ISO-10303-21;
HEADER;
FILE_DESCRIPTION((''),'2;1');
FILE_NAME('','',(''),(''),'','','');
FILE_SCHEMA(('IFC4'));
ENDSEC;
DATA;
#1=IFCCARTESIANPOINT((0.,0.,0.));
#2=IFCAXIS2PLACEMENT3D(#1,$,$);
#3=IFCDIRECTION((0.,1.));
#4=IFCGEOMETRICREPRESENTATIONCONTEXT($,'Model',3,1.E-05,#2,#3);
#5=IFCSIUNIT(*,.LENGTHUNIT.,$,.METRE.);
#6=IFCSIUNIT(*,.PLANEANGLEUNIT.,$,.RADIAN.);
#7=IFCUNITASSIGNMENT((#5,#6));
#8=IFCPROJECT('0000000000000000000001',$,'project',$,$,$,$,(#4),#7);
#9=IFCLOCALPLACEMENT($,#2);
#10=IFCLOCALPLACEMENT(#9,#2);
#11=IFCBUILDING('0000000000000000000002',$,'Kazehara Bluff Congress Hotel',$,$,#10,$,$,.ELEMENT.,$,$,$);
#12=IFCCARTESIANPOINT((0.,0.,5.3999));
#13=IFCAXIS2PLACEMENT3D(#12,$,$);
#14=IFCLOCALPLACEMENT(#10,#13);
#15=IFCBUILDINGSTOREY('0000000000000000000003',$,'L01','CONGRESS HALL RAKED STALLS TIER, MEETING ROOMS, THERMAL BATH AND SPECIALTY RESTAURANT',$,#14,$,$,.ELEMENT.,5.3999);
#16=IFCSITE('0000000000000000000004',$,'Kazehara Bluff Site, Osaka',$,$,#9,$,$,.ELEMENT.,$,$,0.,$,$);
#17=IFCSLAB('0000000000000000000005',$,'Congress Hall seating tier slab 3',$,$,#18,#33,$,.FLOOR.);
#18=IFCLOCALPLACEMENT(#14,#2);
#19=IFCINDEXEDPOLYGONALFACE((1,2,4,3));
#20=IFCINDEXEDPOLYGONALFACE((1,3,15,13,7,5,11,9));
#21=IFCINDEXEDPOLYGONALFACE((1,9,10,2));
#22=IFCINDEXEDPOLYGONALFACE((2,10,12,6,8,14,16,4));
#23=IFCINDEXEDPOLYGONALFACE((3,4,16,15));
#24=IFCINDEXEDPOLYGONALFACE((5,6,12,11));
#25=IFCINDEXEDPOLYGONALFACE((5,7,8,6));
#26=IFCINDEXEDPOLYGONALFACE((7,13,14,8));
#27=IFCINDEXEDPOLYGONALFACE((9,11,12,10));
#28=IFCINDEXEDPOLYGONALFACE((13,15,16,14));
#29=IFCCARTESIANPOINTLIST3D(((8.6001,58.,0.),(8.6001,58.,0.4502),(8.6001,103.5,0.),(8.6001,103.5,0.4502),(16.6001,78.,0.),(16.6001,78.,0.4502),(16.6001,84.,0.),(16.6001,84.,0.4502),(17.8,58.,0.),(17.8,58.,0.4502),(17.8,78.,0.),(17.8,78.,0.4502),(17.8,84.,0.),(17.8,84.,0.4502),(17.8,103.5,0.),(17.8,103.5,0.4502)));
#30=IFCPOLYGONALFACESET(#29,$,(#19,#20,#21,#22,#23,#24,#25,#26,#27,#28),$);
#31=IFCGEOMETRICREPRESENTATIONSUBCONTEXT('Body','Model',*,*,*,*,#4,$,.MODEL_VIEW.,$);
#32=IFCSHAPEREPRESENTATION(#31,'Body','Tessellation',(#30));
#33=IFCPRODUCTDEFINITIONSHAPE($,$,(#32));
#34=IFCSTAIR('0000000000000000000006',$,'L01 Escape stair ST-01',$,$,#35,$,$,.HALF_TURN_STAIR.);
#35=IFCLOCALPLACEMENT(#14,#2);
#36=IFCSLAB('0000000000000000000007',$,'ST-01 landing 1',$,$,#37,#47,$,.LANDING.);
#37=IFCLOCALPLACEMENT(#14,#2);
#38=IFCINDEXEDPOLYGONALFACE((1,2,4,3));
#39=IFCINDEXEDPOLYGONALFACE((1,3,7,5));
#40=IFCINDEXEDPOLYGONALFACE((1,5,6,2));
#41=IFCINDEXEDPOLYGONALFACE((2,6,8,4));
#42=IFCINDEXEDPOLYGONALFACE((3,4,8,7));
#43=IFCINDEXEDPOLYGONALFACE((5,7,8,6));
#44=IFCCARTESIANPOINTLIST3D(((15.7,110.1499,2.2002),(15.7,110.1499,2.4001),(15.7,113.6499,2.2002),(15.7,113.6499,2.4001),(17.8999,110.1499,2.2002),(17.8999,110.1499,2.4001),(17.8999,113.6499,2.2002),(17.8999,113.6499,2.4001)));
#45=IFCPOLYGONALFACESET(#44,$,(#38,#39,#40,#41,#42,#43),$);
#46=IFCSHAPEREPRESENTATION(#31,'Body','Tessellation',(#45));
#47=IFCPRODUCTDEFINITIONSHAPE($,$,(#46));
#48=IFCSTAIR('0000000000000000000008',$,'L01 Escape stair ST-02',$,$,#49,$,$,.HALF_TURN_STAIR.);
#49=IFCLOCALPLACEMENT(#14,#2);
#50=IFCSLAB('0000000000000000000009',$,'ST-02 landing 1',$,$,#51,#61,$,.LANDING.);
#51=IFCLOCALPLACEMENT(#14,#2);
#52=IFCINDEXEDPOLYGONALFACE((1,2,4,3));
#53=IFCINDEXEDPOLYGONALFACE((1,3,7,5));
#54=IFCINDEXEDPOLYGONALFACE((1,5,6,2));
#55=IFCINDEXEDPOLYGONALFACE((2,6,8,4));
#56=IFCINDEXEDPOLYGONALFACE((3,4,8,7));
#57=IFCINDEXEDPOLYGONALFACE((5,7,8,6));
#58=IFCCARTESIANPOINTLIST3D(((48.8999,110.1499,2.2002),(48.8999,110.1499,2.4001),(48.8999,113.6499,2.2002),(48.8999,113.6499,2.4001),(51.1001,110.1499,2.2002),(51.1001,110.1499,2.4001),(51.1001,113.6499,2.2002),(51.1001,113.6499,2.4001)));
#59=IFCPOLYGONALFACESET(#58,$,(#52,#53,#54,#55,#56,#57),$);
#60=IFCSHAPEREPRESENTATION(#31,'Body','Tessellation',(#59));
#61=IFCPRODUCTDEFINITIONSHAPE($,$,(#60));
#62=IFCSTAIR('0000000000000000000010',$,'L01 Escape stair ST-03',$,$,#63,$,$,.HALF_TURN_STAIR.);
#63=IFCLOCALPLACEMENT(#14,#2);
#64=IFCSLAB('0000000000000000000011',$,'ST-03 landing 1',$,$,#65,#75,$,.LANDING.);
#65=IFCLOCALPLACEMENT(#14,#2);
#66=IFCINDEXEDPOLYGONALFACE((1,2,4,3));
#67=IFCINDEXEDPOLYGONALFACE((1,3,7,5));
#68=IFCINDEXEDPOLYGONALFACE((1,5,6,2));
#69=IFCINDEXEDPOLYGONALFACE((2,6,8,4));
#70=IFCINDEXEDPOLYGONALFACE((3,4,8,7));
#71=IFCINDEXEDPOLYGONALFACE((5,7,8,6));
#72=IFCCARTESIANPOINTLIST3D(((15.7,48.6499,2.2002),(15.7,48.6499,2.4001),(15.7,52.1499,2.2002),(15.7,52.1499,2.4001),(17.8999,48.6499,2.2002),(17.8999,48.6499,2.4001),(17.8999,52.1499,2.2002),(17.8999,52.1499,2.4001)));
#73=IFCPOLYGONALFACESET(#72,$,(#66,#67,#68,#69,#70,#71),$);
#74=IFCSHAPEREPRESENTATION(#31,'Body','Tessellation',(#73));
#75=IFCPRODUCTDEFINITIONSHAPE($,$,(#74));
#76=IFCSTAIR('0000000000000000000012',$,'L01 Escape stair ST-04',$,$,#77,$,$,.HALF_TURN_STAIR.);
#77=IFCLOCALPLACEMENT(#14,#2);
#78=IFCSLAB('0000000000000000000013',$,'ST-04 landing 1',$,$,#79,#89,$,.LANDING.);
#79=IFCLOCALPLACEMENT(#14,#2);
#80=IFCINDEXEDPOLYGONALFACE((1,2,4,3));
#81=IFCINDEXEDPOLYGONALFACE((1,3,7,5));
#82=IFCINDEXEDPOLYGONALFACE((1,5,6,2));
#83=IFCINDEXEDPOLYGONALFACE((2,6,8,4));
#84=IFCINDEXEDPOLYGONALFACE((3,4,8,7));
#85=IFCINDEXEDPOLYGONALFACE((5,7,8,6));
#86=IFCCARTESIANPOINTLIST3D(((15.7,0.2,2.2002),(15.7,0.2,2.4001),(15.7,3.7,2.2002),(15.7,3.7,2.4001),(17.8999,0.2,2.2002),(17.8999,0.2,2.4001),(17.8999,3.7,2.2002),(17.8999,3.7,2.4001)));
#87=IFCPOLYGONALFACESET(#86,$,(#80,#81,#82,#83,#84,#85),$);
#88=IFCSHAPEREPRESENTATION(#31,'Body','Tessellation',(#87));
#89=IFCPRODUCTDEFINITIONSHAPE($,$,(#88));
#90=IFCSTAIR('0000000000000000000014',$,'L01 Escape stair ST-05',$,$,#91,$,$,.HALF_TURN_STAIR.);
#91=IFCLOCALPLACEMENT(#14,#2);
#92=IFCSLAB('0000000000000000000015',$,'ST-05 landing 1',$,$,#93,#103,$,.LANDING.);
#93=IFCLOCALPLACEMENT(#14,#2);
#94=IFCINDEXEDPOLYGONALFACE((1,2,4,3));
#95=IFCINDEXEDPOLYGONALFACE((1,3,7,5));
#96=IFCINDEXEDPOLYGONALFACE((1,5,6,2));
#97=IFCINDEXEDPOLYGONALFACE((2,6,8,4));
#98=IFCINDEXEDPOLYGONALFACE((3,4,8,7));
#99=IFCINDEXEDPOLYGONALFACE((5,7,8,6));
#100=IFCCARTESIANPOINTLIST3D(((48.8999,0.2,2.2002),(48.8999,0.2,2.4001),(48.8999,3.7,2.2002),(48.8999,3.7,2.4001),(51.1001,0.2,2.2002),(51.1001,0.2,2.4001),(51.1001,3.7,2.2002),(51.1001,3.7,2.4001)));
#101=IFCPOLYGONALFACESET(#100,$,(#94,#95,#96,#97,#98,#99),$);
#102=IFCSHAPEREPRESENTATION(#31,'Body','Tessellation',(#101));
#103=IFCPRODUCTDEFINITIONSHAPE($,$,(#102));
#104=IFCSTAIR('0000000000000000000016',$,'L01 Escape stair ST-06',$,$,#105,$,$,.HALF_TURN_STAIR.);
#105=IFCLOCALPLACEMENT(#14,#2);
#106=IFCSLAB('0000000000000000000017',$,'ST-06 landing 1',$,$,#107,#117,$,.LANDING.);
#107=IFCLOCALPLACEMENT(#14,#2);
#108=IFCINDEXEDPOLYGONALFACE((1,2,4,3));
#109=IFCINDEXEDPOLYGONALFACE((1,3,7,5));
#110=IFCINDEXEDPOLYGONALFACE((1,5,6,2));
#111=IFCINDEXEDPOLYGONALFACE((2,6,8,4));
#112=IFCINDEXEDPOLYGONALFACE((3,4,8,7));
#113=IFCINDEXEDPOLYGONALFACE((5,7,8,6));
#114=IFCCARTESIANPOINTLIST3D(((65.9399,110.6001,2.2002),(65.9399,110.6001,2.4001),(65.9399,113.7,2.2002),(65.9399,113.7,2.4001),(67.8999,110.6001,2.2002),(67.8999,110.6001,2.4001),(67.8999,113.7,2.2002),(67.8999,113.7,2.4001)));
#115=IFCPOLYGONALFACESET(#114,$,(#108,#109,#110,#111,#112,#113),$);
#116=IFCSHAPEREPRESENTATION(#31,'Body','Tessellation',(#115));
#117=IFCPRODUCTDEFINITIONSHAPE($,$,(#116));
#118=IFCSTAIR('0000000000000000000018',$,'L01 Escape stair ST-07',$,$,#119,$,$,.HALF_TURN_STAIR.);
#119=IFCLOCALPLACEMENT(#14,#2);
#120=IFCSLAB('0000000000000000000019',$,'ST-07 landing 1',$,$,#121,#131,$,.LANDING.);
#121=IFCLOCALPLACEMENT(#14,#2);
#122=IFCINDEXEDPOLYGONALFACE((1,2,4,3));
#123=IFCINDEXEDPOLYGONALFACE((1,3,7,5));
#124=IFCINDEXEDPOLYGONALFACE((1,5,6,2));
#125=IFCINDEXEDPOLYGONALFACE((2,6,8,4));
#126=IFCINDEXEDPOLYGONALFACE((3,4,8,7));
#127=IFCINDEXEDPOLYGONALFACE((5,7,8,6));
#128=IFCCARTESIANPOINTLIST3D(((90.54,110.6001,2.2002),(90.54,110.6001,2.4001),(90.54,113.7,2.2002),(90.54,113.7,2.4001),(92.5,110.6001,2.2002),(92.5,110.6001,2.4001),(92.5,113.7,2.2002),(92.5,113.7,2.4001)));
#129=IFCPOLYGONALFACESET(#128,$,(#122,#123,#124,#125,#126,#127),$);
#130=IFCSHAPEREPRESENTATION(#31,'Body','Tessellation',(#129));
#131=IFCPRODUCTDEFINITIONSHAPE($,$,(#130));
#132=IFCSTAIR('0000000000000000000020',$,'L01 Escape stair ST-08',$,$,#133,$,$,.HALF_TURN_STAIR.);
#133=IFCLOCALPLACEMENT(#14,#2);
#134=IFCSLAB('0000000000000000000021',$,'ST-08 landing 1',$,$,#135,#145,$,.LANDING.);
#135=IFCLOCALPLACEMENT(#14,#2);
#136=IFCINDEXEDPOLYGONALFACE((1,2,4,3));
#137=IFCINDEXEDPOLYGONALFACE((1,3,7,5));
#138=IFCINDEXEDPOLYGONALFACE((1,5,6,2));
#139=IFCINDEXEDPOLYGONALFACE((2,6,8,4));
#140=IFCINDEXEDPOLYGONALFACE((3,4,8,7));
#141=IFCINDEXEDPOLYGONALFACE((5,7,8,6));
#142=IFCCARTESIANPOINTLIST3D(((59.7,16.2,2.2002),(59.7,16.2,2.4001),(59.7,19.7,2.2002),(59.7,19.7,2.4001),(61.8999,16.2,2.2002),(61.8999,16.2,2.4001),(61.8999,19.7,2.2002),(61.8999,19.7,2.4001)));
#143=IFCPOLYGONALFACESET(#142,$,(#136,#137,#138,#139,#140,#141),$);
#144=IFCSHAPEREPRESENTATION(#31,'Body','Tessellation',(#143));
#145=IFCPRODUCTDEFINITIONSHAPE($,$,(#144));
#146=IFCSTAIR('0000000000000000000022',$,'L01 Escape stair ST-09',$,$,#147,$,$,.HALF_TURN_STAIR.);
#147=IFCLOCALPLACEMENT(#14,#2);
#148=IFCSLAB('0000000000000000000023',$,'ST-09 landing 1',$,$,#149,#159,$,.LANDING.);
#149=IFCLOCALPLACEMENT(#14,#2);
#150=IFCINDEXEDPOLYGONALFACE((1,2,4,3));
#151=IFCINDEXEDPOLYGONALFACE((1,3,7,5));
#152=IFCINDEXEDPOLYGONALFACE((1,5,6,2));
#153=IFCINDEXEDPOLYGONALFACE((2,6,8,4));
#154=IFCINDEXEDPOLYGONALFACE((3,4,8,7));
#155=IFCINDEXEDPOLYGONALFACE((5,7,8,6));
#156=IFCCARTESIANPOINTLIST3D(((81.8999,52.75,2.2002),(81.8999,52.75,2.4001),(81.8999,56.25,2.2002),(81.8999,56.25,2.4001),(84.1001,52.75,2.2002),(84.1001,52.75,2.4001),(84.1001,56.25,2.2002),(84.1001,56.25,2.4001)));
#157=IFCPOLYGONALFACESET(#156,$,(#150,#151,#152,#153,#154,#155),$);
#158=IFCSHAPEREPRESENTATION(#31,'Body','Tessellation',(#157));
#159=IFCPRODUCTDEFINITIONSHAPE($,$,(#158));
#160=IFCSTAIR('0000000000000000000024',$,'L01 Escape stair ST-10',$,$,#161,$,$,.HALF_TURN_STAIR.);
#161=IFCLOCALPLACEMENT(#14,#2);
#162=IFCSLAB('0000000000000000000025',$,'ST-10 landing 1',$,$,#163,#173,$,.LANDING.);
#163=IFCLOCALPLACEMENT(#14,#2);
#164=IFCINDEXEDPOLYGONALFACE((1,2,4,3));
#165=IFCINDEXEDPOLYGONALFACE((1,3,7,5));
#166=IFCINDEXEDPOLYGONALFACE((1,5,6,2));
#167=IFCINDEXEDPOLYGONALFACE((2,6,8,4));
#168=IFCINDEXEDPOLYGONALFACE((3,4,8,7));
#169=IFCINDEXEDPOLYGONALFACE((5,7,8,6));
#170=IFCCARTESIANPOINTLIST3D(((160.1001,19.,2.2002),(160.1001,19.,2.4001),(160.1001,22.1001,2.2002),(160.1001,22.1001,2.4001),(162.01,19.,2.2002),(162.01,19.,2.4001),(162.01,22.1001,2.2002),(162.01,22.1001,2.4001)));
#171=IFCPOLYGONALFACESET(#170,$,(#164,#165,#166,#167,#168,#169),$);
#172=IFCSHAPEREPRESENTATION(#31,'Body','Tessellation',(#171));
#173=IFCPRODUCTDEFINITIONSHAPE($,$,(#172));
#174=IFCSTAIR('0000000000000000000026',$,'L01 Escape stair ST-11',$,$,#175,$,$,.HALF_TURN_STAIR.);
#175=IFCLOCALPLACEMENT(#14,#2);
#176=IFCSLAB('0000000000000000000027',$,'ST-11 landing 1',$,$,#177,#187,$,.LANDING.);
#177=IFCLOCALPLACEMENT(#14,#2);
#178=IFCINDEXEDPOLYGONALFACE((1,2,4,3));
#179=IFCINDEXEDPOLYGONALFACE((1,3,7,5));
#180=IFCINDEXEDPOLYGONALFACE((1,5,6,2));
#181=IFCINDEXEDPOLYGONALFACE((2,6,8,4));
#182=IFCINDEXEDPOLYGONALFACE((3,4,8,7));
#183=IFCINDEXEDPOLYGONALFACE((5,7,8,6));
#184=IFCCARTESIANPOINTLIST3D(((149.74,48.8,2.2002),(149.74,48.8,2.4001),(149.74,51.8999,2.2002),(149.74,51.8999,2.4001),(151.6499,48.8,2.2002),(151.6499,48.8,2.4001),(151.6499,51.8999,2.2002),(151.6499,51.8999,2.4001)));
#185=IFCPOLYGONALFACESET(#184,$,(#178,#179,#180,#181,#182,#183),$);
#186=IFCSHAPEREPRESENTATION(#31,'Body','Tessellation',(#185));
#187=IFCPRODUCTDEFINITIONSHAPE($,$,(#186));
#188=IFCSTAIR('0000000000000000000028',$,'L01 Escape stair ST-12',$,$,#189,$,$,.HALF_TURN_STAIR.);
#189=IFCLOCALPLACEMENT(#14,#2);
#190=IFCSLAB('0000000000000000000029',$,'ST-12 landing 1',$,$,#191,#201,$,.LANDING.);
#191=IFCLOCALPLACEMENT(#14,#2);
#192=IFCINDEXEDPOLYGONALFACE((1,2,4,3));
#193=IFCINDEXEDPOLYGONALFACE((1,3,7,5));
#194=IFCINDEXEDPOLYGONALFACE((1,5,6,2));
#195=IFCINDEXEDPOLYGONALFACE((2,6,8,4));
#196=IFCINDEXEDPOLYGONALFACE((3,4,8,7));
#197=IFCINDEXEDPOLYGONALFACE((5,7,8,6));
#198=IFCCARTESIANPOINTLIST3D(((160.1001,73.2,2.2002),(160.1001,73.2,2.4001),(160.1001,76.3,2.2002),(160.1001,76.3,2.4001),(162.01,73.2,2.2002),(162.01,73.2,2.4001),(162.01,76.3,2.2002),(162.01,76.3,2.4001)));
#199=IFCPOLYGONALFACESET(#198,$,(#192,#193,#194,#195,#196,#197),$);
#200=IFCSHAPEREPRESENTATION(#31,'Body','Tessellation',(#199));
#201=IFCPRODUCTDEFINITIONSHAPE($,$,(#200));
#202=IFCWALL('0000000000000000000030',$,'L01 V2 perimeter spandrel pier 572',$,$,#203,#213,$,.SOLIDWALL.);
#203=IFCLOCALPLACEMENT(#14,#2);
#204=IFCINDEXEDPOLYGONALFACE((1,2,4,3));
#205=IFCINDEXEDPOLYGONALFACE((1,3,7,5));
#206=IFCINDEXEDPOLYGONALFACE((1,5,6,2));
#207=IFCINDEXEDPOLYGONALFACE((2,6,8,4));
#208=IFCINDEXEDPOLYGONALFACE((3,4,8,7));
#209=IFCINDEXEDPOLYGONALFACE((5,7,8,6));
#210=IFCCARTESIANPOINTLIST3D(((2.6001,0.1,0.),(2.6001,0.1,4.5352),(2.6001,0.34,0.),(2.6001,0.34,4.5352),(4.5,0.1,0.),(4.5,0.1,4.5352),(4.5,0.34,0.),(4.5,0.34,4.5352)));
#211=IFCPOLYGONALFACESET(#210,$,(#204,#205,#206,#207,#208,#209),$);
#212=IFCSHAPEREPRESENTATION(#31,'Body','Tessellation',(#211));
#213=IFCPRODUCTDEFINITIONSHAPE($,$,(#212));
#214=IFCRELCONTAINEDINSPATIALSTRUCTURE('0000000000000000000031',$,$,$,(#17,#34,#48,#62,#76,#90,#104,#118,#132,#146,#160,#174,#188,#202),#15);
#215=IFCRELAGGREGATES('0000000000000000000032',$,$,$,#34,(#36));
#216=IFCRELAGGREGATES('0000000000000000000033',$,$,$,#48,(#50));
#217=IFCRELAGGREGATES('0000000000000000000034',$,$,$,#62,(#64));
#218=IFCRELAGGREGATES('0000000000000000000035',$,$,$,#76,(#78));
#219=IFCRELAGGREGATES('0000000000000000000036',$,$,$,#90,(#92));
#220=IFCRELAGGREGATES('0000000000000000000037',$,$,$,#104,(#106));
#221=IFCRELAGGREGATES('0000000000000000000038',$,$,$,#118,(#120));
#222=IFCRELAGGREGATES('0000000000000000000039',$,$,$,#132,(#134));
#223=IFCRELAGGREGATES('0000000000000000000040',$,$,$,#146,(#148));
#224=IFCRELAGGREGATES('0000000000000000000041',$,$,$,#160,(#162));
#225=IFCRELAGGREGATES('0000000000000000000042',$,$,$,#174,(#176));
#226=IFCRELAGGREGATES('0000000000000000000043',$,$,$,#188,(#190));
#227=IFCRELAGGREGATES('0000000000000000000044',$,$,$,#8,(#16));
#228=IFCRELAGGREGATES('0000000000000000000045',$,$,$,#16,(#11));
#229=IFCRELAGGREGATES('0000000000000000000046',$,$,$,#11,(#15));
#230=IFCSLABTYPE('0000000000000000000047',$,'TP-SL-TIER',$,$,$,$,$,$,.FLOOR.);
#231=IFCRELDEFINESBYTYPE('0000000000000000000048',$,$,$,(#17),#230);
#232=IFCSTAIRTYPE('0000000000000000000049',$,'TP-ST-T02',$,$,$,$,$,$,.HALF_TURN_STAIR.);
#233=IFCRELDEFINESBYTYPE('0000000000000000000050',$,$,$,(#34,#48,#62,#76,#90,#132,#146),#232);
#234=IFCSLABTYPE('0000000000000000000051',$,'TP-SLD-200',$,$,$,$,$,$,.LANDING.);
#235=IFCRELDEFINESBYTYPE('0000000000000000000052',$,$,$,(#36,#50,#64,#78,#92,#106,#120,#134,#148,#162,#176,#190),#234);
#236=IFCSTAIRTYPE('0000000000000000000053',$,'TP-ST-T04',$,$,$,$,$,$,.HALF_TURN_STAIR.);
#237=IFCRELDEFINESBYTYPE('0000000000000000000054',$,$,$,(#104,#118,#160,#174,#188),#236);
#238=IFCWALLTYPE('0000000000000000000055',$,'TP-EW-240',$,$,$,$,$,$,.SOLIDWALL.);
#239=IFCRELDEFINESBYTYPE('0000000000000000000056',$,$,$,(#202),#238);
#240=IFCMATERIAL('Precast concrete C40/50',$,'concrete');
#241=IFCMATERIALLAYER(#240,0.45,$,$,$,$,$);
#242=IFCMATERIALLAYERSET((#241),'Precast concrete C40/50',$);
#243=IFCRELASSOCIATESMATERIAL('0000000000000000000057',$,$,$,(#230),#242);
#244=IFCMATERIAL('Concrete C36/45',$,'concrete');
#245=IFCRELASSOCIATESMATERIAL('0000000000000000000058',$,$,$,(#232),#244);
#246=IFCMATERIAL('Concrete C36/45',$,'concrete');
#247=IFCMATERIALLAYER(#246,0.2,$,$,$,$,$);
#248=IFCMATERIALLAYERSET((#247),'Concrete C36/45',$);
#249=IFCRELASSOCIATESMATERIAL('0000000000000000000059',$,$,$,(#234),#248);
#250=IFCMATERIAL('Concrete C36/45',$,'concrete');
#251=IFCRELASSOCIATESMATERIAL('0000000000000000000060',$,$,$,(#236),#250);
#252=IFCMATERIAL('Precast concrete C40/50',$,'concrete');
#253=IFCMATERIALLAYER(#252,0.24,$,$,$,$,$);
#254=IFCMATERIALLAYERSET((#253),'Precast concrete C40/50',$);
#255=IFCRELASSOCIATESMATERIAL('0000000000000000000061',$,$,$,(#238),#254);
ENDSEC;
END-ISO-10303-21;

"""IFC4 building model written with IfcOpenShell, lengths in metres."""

from ifc_helpers import new_model, si_unit, direction, frame, frame_2d, origin, place, context, subcontext, project, spatial, polyline, rectangle, outline, extrude, material, layer, layer_set, type_object, element, aggregate, save


model = new_model("IFC4")

# Units and contexts
model_context = context("Model", 3, precision=1e-05, world=origin(), true_north=direction((0.0, 1.0)))
body_context = subcontext(model_context, "Body", "Model", "MODEL_VIEW")
ifc_project = project(units=[si_unit("LENGTHUNIT", "METRE"), si_unit("PLANEANGLEUNIT", "RADIAN")], contexts=[model_context])

# Site, building, storey
site_placement = place(None, origin())
site = spatial("IfcSite", under=ifc_project, at=site_placement, Name="Kazehara Bluff Site, Osaka", CompositionType="ELEMENT", RefElevation=0.0)
building_placement = place(site_placement, origin())
building = spatial("IfcBuilding", under=site, at=building_placement, Name="Kazehara Bluff Congress Hotel", CompositionType="ELEMENT")
storey_placement = place(building_placement, frame((0.0, 0.0, 5.3999)))
storey = spatial("IfcBuildingStorey", under=building, at=storey_placement, Name="L01", Description="CONGRESS HALL RAKED STALLS TIER, MEETING ROOMS, THERMAL BATH AND SPECIALTY RESTAURANT", CompositionType="ELEMENT", Elevation=5.3999)

# Slab
ifc_material_1 = material(Name="Precast concrete C40/50", Category="concrete")
ifc_layer_1 = layer(ifc_material_1, 0.45)
ifc_layer_set_1 = layer_set([ifc_layer_1], Name="Precast concrete C40/50")
slab_type_1 = type_object("IfcSlabType", Name="TP-SL-TIER", PredefinedType="FLOOR", material=ifc_layer_set_1)
slab_1_placement = place(storey_placement, origin())
element("IfcSlab", 1, at=slab_1_placement, inside=storey, type_object=slab_type_1, Name="Congress Hall seating tier slab 3", PredefinedType="FLOOR", context=body_context, shape_type="SweptSolid", body=[
    extrude(outline(polyline([(8.6001, 58.0), (17.8, 58.0), (17.8, 78.0), (16.6001, 78.0), (16.6001, 84.0), (17.8, 84.0), (17.8, 103.5), (8.6001, 103.5), (8.6001, 58.0)])), origin(), (0.0, 0.0, 1.0), 0.4502),
])

# Stairs, slabs
ifc_material_2 = material(Name="Concrete C36/45", Category="concrete")
stair_type_1 = type_object("IfcStairType", Name="TP-ST-T02", PredefinedType="HALF_TURN_STAIR", material=ifc_material_2)
stair_1_placement = place(storey_placement, origin())
stair_1 = element("IfcStair", 2, at=stair_1_placement, inside=storey, type_object=stair_type_1, Name="L01 Escape stair ST-01", PredefinedType="HALF_TURN_STAIR")
ifc_material_3 = material(Name="Concrete C36/45", Category="concrete")
ifc_layer_2 = layer(ifc_material_3, 0.2)
ifc_layer_set_2 = layer_set([ifc_layer_2], Name="Concrete C36/45")
slab_type_2 = type_object("IfcSlabType", Name="TP-SLD-200", PredefinedType="LANDING", material=ifc_layer_set_2)
slab_2_placement = place(storey_placement, frame((0.0, 0.0, 2.2002)))
slab_2 = element("IfcSlab", 3, at=slab_2_placement, type_object=slab_type_2, Name="ST-01 landing 1", PredefinedType="LANDING", context=body_context, shape_type="SweptSolid", body=[
    extrude(outline(polyline([(15.7, 110.1499), (17.8999, 110.1499), (17.8999, 113.6499), (15.7, 113.6499), (15.7, 110.1499)])), origin(), (0.0, 0.0, 1.0), 0.2),
])
aggregate(stair_1, [slab_2])
stair_2_placement = place(storey_placement, origin())
stair_2 = element("IfcStair", 4, at=stair_2_placement, inside=storey, type_object=stair_type_1, Name="L01 Escape stair ST-02", PredefinedType="HALF_TURN_STAIR")
slab_3_placement = place(storey_placement, frame((0.0, 0.0, 2.2002)))
slab_3 = element("IfcSlab", 5, at=slab_3_placement, type_object=slab_type_2, Name="ST-02 landing 1", PredefinedType="LANDING", context=body_context, shape_type="SweptSolid", body=[
    extrude(outline(polyline([(48.8999, 110.1499), (51.1001, 110.1499), (51.1001, 113.6499), (48.8999, 113.6499), (48.8999, 110.1499)])), origin(), (0.0, 0.0, 1.0), 0.2),
])
aggregate(stair_2, [slab_3])
stair_3_placement = place(storey_placement, origin())
stair_3 = element("IfcStair", 6, at=stair_3_placement, inside=storey, type_object=stair_type_1, Name="L01 Escape stair ST-03", PredefinedType="HALF_TURN_STAIR")
slab_4_placement = place(storey_placement, frame((0.0, 0.0, 2.2002)))
slab_4 = element("IfcSlab", 7, at=slab_4_placement, type_object=slab_type_2, Name="ST-03 landing 1", PredefinedType="LANDING", context=body_context, shape_type="SweptSolid", body=[
    extrude(outline(polyline([(15.7, 48.6499), (17.8999, 48.6499), (17.8999, 52.1499), (15.7, 52.1499), (15.7, 48.6499)])), origin(), (0.0, 0.0, 1.0), 0.2),
])
aggregate(stair_3, [slab_4])
stair_4_placement = place(storey_placement, origin())
stair_4 = element("IfcStair", 8, at=stair_4_placement, inside=storey, type_object=stair_type_1, Name="L01 Escape stair ST-04", PredefinedType="HALF_TURN_STAIR")
slab_5_placement = place(storey_placement, frame((0.0, 0.0, 2.2002)))
slab_5 = element("IfcSlab", 9, at=slab_5_placement, type_object=slab_type_2, Name="ST-04 landing 1", PredefinedType="LANDING", context=body_context, shape_type="SweptSolid", body=[
    extrude(outline(polyline([(15.7, 0.2), (17.8999, 0.2), (17.8999, 3.7), (15.7, 3.7), (15.7, 0.2)])), origin(), (0.0, 0.0, 1.0), 0.2),
])
aggregate(stair_4, [slab_5])
stair_5_placement = place(storey_placement, origin())
stair_5 = element("IfcStair", 10, at=stair_5_placement, inside=storey, type_object=stair_type_1, Name="L01 Escape stair ST-05", PredefinedType="HALF_TURN_STAIR")
slab_6_placement = place(storey_placement, frame((0.0, 0.0, 2.2002)))
slab_6 = element("IfcSlab", 11, at=slab_6_placement, type_object=slab_type_2, Name="ST-05 landing 1", PredefinedType="LANDING", context=body_context, shape_type="SweptSolid", body=[
    extrude(outline(polyline([(48.8999, 0.2), (51.1001, 0.2), (51.1001, 3.7), (48.8999, 3.7), (48.8999, 0.2)])), origin(), (0.0, 0.0, 1.0), 0.2),
])
aggregate(stair_5, [slab_6])
ifc_material_4 = material(Name="Concrete C36/45", Category="concrete")
stair_type_2 = type_object("IfcStairType", Name="TP-ST-T04", PredefinedType="HALF_TURN_STAIR", material=ifc_material_4)
stair_6_placement = place(storey_placement, origin())
stair_6 = element("IfcStair", 12, at=stair_6_placement, inside=storey, type_object=stair_type_2, Name="L01 Escape stair ST-06", PredefinedType="HALF_TURN_STAIR")
slab_7_placement = place(storey_placement, frame((0.0, 0.0, 2.2002)))
slab_7 = element("IfcSlab", 13, at=slab_7_placement, type_object=slab_type_2, Name="ST-06 landing 1", PredefinedType="LANDING", context=body_context, shape_type="SweptSolid", body=[
    extrude(outline(polyline([(65.9399, 110.6001), (67.8999, 110.6001), (67.8999, 113.7), (65.9399, 113.7), (65.9399, 110.6001)])), origin(), (0.0, 0.0, 1.0), 0.2),
])
aggregate(stair_6, [slab_7])
stair_7_placement = place(storey_placement, origin())
stair_7 = element("IfcStair", 14, at=stair_7_placement, inside=storey, type_object=stair_type_2, Name="L01 Escape stair ST-07", PredefinedType="HALF_TURN_STAIR")
slab_8_placement = place(storey_placement, frame((0.0, 0.0, 2.2002)))
slab_8 = element("IfcSlab", 15, at=slab_8_placement, type_object=slab_type_2, Name="ST-07 landing 1", PredefinedType="LANDING", context=body_context, shape_type="SweptSolid", body=[
    extrude(outline(polyline([(90.54, 110.6001), (92.5, 110.6001), (92.5, 113.7), (90.54, 113.7), (90.54, 110.6001)])), origin(), (0.0, 0.0, 1.0), 0.2),
])
aggregate(stair_7, [slab_8])
stair_8_placement = place(storey_placement, origin())
stair_8 = element("IfcStair", 16, at=stair_8_placement, inside=storey, type_object=stair_type_1, Name="L01 Escape stair ST-08", PredefinedType="HALF_TURN_STAIR")
slab_9_placement = place(storey_placement, frame((0.0, 0.0, 2.2002)))
slab_9 = element("IfcSlab", 17, at=slab_9_placement, type_object=slab_type_2, Name="ST-08 landing 1", PredefinedType="LANDING", context=body_context, shape_type="SweptSolid", body=[
    extrude(outline(polyline([(61.8999, 19.7), (59.7, 19.7), (59.7, 16.2), (61.8999, 16.2), (61.8999, 19.7)])), origin(), (0.0, 0.0, 1.0), 0.2),
])
aggregate(stair_8, [slab_9])
stair_9_placement = place(storey_placement, origin())
stair_9 = element("IfcStair", 18, at=stair_9_placement, inside=storey, type_object=stair_type_1, Name="L01 Escape stair ST-09", PredefinedType="HALF_TURN_STAIR")
slab_10_placement = place(storey_placement, frame((0.0, 0.0, 2.2002)))
slab_10 = element("IfcSlab", 19, at=slab_10_placement, type_object=slab_type_2, Name="ST-09 landing 1", PredefinedType="LANDING", context=body_context, shape_type="SweptSolid", body=[
    extrude(outline(polyline([(81.8999, 52.75), (84.1001, 52.75), (84.1001, 56.25), (81.8999, 56.25), (81.8999, 52.75)])), origin(), (0.0, 0.0, 1.0), 0.2),
])
aggregate(stair_9, [slab_10])
stair_10_placement = place(storey_placement, origin())
stair_10 = element("IfcStair", 20, at=stair_10_placement, inside=storey, type_object=stair_type_2, Name="L01 Escape stair ST-10", PredefinedType="HALF_TURN_STAIR")
slab_11_placement = place(storey_placement, frame((0.0, 0.0, 2.2002)))
slab_11 = element("IfcSlab", 21, at=slab_11_placement, type_object=slab_type_2, Name="ST-10 landing 1", PredefinedType="LANDING", context=body_context, shape_type="SweptSolid", body=[
    extrude(outline(polyline([(162.01, 22.1001), (160.1001, 22.1001), (160.1001, 19.0), (162.01, 19.0), (162.01, 22.1001)])), origin(), (0.0, 0.0, 1.0), 0.2),
])
aggregate(stair_10, [slab_11])
stair_11_placement = place(storey_placement, origin())
stair_11 = element("IfcStair", 22, at=stair_11_placement, inside=storey, type_object=stair_type_2, Name="L01 Escape stair ST-11", PredefinedType="HALF_TURN_STAIR")
slab_12_placement = place(storey_placement, frame((0.0, 0.0, 2.2002)))
slab_12 = element("IfcSlab", 23, at=slab_12_placement, type_object=slab_type_2, Name="ST-11 landing 1", PredefinedType="LANDING", context=body_context, shape_type="SweptSolid", body=[
    extrude(outline(polyline([(149.74, 48.8), (151.6499, 48.8), (151.6499, 51.8999), (149.74, 51.8999), (149.74, 48.8)])), origin(), (0.0, 0.0, 1.0), 0.2),
])
aggregate(stair_11, [slab_12])
stair_12_placement = place(storey_placement, origin())
stair_12 = element("IfcStair", 24, at=stair_12_placement, inside=storey, type_object=stair_type_2, Name="L01 Escape stair ST-12", PredefinedType="HALF_TURN_STAIR")
slab_13_placement = place(storey_placement, frame((0.0, 0.0, 2.2002)))
slab_13 = element("IfcSlab", 25, at=slab_13_placement, type_object=slab_type_2, Name="ST-12 landing 1", PredefinedType="LANDING", context=body_context, shape_type="SweptSolid", body=[
    extrude(outline(polyline([(162.01, 76.3), (160.1001, 76.3), (160.1001, 73.2), (162.01, 73.2), (162.01, 76.3)])), origin(), (0.0, 0.0, 1.0), 0.2),
])
aggregate(stair_12, [slab_13])

# Wall
ifc_material_5 = material(Name="Precast concrete C40/50", Category="concrete")
ifc_layer_3 = layer(ifc_material_5, 0.24)
ifc_layer_set_3 = layer_set([ifc_layer_3], Name="Precast concrete C40/50")
wall_type = type_object("IfcWallType", Name="TP-EW-240", PredefinedType="SOLIDWALL", material=ifc_layer_set_3)
wall_placement = place(storey_placement, frame((4.5, 0.22, 0.0), z_axis=(0.0, 0.0, 1.0), x_axis=(-1.0, 0.0, 0.0)))
element("IfcWall", 26, at=wall_placement, inside=storey, type_object=wall_type, Name="L01 V2 perimeter spandrel pier 572", PredefinedType="SOLIDWALL", context=body_context, shape_type="SweptSolid", body=[
    extrude(rectangle(XDim=1.8999, YDim=0.24, at=frame_2d((0.95, 0.0))), origin(), (0.0, 0.0, 1.0), 4.5352),
])

save(model, "model.ifc")
